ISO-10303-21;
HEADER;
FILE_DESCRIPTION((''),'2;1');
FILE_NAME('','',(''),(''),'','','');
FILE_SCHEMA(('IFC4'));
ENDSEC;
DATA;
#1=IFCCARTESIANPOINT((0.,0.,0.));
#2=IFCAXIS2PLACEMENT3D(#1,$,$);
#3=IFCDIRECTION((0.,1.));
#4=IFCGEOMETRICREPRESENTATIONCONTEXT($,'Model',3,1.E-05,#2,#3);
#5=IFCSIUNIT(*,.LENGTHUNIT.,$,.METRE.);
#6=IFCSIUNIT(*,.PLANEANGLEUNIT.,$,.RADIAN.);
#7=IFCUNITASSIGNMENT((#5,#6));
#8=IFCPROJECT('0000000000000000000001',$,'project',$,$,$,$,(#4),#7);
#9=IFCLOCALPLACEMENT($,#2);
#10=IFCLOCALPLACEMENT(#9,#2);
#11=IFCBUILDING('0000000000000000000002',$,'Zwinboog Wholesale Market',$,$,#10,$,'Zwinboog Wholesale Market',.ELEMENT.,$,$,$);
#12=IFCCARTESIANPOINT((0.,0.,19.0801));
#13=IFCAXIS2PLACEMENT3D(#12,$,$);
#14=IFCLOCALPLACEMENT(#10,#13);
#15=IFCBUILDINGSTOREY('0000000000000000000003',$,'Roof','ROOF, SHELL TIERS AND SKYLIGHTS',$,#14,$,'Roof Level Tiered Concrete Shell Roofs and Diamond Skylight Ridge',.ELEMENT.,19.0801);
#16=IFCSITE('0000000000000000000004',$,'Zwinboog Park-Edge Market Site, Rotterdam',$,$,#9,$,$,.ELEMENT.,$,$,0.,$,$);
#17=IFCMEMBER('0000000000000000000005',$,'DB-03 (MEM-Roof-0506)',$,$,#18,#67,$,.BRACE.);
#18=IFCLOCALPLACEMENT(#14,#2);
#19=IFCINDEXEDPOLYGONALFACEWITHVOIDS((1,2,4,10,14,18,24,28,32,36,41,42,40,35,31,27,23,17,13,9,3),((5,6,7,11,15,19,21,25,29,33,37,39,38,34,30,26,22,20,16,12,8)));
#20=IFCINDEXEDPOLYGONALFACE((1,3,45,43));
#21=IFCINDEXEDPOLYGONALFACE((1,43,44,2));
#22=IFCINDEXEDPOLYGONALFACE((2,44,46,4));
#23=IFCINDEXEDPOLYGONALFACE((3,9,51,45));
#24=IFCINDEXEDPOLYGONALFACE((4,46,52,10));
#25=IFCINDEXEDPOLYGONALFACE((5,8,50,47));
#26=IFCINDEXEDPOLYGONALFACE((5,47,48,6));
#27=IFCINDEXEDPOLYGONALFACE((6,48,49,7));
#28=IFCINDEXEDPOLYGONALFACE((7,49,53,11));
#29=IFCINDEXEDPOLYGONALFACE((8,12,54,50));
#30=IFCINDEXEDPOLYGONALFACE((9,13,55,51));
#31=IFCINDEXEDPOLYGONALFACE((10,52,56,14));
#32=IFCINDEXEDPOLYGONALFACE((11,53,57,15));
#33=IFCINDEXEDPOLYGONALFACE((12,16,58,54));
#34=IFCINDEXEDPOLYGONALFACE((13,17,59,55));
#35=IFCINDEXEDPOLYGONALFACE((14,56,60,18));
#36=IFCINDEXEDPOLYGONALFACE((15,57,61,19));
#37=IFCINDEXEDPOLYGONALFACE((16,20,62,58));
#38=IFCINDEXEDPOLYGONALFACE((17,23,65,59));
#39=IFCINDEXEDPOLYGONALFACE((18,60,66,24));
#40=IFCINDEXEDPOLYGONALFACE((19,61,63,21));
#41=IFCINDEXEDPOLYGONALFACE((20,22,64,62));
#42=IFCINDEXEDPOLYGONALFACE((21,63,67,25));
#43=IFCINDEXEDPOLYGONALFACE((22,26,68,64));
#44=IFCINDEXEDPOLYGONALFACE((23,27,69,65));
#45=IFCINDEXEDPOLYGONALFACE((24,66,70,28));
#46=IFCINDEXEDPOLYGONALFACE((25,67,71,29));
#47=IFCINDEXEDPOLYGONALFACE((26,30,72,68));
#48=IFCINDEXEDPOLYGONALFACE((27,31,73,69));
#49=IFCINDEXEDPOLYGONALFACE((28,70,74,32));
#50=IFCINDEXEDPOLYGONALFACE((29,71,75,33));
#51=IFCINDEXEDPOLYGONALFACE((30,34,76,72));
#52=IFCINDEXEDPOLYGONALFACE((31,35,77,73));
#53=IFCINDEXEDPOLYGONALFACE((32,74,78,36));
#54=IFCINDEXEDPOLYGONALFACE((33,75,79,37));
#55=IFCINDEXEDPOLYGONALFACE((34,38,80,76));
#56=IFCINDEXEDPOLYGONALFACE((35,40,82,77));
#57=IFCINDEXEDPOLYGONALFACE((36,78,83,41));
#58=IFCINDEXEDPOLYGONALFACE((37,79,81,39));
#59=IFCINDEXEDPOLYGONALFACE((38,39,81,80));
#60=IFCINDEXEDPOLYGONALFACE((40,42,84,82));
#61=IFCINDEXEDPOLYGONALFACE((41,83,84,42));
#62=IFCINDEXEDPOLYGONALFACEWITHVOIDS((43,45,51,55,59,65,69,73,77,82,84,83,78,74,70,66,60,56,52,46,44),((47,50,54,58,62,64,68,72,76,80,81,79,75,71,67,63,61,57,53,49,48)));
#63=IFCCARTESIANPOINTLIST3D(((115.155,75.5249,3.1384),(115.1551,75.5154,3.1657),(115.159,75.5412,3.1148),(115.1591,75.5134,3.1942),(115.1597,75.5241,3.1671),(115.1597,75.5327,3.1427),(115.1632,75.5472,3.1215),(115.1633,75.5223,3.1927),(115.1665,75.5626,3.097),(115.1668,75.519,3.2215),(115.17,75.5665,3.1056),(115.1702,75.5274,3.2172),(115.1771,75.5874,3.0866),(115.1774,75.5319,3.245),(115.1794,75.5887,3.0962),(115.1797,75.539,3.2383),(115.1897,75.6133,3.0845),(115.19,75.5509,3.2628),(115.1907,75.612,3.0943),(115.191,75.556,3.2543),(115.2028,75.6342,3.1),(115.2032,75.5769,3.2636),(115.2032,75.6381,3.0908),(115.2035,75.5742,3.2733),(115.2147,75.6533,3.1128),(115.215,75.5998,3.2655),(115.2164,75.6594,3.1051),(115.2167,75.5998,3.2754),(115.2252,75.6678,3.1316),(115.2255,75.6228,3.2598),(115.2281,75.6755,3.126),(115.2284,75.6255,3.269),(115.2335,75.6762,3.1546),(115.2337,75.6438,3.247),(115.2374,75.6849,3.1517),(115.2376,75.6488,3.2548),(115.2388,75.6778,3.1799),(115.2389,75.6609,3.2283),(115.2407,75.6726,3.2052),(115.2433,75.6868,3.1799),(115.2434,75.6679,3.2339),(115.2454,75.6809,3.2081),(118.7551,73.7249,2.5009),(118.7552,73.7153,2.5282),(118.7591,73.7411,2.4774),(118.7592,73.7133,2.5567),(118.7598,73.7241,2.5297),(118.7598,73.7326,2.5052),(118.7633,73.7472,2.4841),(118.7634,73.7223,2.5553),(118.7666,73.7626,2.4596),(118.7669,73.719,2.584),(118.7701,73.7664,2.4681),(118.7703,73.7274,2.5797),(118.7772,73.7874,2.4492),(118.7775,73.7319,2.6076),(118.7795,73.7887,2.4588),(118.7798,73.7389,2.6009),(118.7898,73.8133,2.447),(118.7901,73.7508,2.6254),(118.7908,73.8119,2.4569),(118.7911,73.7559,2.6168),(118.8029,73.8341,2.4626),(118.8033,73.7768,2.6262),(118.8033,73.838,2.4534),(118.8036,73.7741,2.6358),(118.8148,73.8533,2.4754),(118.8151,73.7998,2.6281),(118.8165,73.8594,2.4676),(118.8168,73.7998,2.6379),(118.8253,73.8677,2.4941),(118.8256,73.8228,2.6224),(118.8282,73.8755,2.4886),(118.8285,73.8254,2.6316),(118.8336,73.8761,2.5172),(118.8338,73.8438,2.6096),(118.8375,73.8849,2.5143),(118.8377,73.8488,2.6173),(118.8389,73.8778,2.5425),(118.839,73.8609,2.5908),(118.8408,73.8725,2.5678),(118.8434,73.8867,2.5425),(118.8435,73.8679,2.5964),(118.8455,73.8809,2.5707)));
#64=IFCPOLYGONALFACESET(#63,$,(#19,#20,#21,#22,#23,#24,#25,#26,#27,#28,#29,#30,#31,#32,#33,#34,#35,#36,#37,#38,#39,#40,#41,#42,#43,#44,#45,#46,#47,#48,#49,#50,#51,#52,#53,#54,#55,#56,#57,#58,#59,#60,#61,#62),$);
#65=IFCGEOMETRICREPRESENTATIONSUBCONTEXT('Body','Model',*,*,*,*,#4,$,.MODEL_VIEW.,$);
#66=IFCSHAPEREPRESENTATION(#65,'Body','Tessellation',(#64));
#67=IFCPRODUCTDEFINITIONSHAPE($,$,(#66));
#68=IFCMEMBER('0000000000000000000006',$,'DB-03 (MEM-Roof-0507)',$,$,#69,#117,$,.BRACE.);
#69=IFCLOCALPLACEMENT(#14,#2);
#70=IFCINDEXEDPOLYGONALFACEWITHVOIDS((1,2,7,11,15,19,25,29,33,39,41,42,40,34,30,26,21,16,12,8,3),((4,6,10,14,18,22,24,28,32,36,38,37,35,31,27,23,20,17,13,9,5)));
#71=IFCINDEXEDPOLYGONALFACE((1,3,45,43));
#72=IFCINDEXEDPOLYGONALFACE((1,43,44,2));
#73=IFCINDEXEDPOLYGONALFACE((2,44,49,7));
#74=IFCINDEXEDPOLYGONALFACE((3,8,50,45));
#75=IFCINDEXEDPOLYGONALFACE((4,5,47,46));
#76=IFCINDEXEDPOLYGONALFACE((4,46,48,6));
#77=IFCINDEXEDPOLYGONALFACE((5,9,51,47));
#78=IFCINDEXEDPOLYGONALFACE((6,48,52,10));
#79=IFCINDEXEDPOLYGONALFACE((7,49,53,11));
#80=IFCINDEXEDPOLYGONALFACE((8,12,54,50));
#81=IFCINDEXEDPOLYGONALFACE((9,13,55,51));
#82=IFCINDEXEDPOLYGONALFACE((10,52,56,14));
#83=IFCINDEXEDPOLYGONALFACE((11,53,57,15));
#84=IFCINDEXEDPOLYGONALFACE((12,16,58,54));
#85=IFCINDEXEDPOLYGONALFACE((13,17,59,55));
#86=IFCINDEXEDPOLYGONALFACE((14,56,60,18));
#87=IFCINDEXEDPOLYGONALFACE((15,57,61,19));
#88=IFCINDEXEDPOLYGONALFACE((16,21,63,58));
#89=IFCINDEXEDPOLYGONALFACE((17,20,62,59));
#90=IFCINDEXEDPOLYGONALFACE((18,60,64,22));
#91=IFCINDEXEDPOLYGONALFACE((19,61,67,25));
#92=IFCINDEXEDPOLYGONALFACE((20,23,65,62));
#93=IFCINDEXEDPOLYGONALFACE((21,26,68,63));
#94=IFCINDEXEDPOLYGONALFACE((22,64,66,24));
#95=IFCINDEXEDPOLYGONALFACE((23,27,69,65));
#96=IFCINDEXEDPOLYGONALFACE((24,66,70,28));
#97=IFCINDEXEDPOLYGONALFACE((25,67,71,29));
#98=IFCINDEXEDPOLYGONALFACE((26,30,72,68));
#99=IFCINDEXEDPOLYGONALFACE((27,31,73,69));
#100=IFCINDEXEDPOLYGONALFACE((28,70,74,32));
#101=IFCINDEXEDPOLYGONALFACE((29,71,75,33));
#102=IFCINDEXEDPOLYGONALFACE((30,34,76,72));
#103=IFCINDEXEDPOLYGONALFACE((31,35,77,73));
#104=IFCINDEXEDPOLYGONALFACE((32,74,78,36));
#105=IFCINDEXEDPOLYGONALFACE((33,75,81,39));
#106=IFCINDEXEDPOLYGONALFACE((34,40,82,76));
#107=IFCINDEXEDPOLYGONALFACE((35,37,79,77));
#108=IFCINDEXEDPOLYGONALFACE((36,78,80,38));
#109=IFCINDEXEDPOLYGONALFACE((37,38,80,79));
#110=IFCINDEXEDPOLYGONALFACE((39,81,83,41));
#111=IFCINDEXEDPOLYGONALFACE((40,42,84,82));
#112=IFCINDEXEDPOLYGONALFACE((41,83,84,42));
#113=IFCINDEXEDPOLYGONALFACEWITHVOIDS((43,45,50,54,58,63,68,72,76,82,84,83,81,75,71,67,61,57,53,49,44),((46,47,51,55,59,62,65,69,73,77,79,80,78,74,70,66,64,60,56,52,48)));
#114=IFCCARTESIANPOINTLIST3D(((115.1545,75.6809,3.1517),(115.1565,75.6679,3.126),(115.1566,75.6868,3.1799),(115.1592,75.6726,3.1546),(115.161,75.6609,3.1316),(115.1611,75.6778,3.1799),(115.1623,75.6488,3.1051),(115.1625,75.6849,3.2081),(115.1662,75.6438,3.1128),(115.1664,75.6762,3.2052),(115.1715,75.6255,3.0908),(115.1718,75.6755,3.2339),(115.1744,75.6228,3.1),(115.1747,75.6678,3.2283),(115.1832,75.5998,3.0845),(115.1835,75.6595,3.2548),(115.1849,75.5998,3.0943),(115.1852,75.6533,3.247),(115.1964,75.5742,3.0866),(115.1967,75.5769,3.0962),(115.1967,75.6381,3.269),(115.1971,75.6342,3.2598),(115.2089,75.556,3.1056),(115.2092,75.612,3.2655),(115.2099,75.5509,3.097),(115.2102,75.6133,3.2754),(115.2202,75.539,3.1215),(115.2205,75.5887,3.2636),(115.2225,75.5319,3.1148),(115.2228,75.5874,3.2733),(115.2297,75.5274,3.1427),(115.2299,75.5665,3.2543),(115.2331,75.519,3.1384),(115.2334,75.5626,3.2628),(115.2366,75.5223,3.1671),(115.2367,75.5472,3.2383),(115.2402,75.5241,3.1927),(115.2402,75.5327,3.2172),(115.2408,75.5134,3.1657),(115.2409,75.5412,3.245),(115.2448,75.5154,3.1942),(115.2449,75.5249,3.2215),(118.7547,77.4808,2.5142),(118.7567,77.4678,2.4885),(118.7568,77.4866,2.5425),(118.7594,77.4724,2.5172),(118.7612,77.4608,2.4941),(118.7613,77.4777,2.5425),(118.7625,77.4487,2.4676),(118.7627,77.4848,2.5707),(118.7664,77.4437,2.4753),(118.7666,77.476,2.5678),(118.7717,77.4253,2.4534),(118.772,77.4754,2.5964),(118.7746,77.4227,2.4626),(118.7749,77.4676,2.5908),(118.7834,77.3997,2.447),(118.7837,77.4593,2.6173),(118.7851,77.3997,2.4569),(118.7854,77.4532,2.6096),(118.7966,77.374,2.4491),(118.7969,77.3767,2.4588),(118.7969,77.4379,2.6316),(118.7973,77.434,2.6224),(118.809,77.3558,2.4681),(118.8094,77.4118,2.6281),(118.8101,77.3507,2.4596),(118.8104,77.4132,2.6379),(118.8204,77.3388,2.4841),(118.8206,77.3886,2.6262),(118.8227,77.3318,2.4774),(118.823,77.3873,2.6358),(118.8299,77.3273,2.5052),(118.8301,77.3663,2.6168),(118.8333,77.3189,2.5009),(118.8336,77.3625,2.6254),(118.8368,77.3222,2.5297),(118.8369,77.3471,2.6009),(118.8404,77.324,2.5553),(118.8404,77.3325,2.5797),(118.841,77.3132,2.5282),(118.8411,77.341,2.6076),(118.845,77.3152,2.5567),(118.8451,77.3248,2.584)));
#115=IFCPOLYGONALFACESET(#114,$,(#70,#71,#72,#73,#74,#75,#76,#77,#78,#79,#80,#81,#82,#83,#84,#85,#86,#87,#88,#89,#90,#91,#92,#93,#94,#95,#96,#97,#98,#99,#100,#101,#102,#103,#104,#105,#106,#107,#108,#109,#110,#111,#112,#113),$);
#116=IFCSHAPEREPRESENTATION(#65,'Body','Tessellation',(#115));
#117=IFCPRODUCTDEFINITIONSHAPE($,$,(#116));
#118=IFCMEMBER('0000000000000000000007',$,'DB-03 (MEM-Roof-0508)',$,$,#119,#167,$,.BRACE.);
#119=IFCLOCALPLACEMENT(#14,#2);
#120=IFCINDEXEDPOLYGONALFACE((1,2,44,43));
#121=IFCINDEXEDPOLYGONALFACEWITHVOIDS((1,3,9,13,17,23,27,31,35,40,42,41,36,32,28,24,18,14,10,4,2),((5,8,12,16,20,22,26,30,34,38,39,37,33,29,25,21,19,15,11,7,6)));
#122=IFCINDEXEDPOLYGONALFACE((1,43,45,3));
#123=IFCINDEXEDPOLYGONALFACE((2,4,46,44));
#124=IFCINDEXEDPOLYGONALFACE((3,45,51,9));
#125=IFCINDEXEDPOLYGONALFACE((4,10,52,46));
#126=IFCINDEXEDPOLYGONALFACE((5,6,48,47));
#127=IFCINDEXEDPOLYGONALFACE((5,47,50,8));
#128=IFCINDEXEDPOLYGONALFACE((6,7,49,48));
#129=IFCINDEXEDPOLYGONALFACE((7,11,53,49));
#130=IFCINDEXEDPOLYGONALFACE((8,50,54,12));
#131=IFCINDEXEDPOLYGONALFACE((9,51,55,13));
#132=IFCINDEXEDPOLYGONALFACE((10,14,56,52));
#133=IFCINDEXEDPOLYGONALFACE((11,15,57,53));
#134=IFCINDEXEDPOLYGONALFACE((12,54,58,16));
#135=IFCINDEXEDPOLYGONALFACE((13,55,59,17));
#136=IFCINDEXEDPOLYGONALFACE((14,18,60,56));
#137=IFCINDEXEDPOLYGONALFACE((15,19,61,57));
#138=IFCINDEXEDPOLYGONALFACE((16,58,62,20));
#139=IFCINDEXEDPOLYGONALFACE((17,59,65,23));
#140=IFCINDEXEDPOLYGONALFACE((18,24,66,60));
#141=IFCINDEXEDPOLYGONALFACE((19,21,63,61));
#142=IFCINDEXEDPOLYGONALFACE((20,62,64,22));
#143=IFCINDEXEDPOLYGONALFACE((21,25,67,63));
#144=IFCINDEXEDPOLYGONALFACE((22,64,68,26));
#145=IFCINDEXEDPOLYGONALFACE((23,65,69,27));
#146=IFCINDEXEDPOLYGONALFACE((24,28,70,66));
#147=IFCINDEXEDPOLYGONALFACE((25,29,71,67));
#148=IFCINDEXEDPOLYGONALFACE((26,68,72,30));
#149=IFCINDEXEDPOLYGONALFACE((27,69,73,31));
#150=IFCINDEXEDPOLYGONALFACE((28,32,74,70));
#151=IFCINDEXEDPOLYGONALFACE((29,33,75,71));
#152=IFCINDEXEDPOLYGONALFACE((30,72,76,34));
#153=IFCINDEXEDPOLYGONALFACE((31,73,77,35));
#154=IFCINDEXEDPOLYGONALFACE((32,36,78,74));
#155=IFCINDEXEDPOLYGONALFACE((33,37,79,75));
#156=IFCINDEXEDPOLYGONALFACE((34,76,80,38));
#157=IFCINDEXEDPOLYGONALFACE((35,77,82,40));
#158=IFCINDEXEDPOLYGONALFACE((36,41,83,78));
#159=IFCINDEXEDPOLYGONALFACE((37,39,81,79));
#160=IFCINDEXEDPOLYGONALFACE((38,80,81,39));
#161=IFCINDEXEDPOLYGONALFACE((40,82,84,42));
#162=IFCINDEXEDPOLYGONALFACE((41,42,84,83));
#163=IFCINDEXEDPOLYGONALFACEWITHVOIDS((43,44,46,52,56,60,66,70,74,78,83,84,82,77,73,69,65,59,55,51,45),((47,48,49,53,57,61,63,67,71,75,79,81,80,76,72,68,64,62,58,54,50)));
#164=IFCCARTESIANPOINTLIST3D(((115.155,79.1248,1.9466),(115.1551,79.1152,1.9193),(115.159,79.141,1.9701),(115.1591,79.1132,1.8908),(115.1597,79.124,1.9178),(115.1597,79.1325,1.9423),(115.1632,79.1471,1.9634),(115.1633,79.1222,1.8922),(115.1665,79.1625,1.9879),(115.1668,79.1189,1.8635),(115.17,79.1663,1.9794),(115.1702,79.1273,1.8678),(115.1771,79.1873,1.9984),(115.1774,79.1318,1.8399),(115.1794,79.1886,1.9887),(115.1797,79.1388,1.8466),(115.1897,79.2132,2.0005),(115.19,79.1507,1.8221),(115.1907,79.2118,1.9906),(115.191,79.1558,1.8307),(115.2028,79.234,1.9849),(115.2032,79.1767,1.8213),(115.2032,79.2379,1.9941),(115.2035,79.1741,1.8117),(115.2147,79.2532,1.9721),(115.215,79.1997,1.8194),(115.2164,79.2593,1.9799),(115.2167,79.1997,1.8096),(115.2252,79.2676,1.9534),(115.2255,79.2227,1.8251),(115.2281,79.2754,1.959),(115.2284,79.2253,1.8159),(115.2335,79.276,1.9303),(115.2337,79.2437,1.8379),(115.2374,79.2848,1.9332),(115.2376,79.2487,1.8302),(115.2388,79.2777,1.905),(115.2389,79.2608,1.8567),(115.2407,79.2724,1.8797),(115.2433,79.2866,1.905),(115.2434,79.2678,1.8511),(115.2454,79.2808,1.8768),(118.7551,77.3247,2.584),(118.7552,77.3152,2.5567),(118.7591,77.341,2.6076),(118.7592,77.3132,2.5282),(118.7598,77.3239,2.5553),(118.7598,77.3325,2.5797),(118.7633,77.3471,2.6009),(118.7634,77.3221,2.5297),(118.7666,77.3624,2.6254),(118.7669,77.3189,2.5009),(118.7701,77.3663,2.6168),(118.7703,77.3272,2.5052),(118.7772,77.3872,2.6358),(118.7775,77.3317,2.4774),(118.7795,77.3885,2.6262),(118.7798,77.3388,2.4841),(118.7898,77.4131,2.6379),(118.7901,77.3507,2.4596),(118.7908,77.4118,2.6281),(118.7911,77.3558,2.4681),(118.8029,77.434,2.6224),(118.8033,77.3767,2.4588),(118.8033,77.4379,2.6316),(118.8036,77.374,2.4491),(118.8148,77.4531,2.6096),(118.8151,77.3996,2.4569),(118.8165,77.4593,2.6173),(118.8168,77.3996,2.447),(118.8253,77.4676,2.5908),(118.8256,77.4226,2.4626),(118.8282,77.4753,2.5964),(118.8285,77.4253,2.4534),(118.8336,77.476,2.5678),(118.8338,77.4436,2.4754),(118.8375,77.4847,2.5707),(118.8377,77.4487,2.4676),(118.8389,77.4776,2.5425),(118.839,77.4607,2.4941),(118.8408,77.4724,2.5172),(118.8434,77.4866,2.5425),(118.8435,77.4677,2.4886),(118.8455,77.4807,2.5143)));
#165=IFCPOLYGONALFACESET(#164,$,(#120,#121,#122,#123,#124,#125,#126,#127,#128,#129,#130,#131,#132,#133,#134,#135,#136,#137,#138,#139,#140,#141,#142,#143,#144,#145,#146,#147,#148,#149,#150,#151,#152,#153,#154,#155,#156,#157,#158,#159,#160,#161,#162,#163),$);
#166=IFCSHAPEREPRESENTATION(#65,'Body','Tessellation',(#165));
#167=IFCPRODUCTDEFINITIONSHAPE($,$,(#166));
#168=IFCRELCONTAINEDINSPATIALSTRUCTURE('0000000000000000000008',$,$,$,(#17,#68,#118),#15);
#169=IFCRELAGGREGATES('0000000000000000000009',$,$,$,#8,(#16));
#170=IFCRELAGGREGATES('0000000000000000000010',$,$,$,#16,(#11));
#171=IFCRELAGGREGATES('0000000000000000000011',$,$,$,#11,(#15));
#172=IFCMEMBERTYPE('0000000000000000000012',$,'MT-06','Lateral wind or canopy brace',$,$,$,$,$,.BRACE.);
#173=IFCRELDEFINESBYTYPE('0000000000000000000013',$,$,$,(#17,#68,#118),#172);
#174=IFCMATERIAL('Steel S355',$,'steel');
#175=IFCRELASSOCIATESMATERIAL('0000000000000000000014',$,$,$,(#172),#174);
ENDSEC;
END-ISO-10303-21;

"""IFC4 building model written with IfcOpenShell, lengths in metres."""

from ifc_helpers import new_model, si_unit, direction, frame, origin, origin_2d, place, context, subcontext, project, spatial, hollow_circle, extrude, material, material_profile, profile_set, type_object, element, save


model = new_model("IFC4")

# Units and contexts
model_context = context("Model", 3, precision=1e-05, world=origin(), true_north=direction((0.0, 1.0)))
body_context = subcontext(model_context, "Body", "Model", "MODEL_VIEW")
ifc_project = project(units=[si_unit("LENGTHUNIT", "METRE"), si_unit("PLANEANGLEUNIT", "RADIAN")], contexts=[model_context])

# Site, building, storey
site_placement = place(None, origin())
site = spatial("IfcSite", under=ifc_project, at=site_placement, Name="Zwinboog Park-Edge Market Site, Rotterdam", CompositionType="ELEMENT", RefElevation=0.0)
building_placement = place(site_placement, origin())
building = spatial("IfcBuilding", under=site, at=building_placement, Name="Zwinboog Wholesale Market", LongName="Zwinboog Wholesale Market", CompositionType="ELEMENT")
storey_placement = place(building_placement, frame((0.0, 0.0, 19.0801)))
storey = spatial("IfcBuildingStorey", under=building, at=storey_placement, Name="Roof", Description="ROOF, SHELL TIERS AND SKYLIGHTS", LongName="Roof Level Tiered Concrete Shell Roofs and Diamond Skylight Ridge", CompositionType="ELEMENT", Elevation=19.0801)

# Members
ifc_material_1 = material(Name="Steel S355", Category="steel")
ifc_material_profile_1 = material_profile(ifc_material_1, hollow_circle(Radius=0.0969, WallThickness=0.01, at=origin_2d()), Name="CHS 193.7x10")
ifc_profile_set_1 = profile_set([ifc_material_profile_1], Name="Steel S355")
member_type_1 = type_object("IfcMemberType", Name="MT-06", Description="Lateral wind or canopy brace", PredefinedType="BRACE", material=ifc_profile_set_1)
for number, where, z_axis, x_axis, name in (
    (1, (115.2, 75.6001, 3.1799), (0.883417, -0.441709, -0.156422), (0.447214, 0.894427, 0.0), "DB-03 (MEM-Roof-0506)"),
    (2, (115.2, 75.6001, 3.1799), (0.88344, 0.44166, -0.156426), (-0.447165, 0.894451, 0.0), "DB-03 (MEM-Roof-0507)"),
    (3, (115.2, 79.2, 1.905), (0.883417, -0.441709, 0.156422), (0.447214, 0.894427, 0.0), "DB-03 (MEM-Roof-0508)"),
):
    element("IfcMember", number, at=place(storey_placement, frame(where, z_axis=z_axis, x_axis=x_axis)), inside=storey, type_object=member_type_1, Name=name, PredefinedType="BRACE", context=body_context, shape_type="SweptSolid", body=[
        extrude(hollow_circle(Radius=0.0969, WallThickness=0.01, at=origin_2d()), origin(), (0.0, 0.0, 1.0), 4.0752),
    ])

save(model, "model.ifc")
